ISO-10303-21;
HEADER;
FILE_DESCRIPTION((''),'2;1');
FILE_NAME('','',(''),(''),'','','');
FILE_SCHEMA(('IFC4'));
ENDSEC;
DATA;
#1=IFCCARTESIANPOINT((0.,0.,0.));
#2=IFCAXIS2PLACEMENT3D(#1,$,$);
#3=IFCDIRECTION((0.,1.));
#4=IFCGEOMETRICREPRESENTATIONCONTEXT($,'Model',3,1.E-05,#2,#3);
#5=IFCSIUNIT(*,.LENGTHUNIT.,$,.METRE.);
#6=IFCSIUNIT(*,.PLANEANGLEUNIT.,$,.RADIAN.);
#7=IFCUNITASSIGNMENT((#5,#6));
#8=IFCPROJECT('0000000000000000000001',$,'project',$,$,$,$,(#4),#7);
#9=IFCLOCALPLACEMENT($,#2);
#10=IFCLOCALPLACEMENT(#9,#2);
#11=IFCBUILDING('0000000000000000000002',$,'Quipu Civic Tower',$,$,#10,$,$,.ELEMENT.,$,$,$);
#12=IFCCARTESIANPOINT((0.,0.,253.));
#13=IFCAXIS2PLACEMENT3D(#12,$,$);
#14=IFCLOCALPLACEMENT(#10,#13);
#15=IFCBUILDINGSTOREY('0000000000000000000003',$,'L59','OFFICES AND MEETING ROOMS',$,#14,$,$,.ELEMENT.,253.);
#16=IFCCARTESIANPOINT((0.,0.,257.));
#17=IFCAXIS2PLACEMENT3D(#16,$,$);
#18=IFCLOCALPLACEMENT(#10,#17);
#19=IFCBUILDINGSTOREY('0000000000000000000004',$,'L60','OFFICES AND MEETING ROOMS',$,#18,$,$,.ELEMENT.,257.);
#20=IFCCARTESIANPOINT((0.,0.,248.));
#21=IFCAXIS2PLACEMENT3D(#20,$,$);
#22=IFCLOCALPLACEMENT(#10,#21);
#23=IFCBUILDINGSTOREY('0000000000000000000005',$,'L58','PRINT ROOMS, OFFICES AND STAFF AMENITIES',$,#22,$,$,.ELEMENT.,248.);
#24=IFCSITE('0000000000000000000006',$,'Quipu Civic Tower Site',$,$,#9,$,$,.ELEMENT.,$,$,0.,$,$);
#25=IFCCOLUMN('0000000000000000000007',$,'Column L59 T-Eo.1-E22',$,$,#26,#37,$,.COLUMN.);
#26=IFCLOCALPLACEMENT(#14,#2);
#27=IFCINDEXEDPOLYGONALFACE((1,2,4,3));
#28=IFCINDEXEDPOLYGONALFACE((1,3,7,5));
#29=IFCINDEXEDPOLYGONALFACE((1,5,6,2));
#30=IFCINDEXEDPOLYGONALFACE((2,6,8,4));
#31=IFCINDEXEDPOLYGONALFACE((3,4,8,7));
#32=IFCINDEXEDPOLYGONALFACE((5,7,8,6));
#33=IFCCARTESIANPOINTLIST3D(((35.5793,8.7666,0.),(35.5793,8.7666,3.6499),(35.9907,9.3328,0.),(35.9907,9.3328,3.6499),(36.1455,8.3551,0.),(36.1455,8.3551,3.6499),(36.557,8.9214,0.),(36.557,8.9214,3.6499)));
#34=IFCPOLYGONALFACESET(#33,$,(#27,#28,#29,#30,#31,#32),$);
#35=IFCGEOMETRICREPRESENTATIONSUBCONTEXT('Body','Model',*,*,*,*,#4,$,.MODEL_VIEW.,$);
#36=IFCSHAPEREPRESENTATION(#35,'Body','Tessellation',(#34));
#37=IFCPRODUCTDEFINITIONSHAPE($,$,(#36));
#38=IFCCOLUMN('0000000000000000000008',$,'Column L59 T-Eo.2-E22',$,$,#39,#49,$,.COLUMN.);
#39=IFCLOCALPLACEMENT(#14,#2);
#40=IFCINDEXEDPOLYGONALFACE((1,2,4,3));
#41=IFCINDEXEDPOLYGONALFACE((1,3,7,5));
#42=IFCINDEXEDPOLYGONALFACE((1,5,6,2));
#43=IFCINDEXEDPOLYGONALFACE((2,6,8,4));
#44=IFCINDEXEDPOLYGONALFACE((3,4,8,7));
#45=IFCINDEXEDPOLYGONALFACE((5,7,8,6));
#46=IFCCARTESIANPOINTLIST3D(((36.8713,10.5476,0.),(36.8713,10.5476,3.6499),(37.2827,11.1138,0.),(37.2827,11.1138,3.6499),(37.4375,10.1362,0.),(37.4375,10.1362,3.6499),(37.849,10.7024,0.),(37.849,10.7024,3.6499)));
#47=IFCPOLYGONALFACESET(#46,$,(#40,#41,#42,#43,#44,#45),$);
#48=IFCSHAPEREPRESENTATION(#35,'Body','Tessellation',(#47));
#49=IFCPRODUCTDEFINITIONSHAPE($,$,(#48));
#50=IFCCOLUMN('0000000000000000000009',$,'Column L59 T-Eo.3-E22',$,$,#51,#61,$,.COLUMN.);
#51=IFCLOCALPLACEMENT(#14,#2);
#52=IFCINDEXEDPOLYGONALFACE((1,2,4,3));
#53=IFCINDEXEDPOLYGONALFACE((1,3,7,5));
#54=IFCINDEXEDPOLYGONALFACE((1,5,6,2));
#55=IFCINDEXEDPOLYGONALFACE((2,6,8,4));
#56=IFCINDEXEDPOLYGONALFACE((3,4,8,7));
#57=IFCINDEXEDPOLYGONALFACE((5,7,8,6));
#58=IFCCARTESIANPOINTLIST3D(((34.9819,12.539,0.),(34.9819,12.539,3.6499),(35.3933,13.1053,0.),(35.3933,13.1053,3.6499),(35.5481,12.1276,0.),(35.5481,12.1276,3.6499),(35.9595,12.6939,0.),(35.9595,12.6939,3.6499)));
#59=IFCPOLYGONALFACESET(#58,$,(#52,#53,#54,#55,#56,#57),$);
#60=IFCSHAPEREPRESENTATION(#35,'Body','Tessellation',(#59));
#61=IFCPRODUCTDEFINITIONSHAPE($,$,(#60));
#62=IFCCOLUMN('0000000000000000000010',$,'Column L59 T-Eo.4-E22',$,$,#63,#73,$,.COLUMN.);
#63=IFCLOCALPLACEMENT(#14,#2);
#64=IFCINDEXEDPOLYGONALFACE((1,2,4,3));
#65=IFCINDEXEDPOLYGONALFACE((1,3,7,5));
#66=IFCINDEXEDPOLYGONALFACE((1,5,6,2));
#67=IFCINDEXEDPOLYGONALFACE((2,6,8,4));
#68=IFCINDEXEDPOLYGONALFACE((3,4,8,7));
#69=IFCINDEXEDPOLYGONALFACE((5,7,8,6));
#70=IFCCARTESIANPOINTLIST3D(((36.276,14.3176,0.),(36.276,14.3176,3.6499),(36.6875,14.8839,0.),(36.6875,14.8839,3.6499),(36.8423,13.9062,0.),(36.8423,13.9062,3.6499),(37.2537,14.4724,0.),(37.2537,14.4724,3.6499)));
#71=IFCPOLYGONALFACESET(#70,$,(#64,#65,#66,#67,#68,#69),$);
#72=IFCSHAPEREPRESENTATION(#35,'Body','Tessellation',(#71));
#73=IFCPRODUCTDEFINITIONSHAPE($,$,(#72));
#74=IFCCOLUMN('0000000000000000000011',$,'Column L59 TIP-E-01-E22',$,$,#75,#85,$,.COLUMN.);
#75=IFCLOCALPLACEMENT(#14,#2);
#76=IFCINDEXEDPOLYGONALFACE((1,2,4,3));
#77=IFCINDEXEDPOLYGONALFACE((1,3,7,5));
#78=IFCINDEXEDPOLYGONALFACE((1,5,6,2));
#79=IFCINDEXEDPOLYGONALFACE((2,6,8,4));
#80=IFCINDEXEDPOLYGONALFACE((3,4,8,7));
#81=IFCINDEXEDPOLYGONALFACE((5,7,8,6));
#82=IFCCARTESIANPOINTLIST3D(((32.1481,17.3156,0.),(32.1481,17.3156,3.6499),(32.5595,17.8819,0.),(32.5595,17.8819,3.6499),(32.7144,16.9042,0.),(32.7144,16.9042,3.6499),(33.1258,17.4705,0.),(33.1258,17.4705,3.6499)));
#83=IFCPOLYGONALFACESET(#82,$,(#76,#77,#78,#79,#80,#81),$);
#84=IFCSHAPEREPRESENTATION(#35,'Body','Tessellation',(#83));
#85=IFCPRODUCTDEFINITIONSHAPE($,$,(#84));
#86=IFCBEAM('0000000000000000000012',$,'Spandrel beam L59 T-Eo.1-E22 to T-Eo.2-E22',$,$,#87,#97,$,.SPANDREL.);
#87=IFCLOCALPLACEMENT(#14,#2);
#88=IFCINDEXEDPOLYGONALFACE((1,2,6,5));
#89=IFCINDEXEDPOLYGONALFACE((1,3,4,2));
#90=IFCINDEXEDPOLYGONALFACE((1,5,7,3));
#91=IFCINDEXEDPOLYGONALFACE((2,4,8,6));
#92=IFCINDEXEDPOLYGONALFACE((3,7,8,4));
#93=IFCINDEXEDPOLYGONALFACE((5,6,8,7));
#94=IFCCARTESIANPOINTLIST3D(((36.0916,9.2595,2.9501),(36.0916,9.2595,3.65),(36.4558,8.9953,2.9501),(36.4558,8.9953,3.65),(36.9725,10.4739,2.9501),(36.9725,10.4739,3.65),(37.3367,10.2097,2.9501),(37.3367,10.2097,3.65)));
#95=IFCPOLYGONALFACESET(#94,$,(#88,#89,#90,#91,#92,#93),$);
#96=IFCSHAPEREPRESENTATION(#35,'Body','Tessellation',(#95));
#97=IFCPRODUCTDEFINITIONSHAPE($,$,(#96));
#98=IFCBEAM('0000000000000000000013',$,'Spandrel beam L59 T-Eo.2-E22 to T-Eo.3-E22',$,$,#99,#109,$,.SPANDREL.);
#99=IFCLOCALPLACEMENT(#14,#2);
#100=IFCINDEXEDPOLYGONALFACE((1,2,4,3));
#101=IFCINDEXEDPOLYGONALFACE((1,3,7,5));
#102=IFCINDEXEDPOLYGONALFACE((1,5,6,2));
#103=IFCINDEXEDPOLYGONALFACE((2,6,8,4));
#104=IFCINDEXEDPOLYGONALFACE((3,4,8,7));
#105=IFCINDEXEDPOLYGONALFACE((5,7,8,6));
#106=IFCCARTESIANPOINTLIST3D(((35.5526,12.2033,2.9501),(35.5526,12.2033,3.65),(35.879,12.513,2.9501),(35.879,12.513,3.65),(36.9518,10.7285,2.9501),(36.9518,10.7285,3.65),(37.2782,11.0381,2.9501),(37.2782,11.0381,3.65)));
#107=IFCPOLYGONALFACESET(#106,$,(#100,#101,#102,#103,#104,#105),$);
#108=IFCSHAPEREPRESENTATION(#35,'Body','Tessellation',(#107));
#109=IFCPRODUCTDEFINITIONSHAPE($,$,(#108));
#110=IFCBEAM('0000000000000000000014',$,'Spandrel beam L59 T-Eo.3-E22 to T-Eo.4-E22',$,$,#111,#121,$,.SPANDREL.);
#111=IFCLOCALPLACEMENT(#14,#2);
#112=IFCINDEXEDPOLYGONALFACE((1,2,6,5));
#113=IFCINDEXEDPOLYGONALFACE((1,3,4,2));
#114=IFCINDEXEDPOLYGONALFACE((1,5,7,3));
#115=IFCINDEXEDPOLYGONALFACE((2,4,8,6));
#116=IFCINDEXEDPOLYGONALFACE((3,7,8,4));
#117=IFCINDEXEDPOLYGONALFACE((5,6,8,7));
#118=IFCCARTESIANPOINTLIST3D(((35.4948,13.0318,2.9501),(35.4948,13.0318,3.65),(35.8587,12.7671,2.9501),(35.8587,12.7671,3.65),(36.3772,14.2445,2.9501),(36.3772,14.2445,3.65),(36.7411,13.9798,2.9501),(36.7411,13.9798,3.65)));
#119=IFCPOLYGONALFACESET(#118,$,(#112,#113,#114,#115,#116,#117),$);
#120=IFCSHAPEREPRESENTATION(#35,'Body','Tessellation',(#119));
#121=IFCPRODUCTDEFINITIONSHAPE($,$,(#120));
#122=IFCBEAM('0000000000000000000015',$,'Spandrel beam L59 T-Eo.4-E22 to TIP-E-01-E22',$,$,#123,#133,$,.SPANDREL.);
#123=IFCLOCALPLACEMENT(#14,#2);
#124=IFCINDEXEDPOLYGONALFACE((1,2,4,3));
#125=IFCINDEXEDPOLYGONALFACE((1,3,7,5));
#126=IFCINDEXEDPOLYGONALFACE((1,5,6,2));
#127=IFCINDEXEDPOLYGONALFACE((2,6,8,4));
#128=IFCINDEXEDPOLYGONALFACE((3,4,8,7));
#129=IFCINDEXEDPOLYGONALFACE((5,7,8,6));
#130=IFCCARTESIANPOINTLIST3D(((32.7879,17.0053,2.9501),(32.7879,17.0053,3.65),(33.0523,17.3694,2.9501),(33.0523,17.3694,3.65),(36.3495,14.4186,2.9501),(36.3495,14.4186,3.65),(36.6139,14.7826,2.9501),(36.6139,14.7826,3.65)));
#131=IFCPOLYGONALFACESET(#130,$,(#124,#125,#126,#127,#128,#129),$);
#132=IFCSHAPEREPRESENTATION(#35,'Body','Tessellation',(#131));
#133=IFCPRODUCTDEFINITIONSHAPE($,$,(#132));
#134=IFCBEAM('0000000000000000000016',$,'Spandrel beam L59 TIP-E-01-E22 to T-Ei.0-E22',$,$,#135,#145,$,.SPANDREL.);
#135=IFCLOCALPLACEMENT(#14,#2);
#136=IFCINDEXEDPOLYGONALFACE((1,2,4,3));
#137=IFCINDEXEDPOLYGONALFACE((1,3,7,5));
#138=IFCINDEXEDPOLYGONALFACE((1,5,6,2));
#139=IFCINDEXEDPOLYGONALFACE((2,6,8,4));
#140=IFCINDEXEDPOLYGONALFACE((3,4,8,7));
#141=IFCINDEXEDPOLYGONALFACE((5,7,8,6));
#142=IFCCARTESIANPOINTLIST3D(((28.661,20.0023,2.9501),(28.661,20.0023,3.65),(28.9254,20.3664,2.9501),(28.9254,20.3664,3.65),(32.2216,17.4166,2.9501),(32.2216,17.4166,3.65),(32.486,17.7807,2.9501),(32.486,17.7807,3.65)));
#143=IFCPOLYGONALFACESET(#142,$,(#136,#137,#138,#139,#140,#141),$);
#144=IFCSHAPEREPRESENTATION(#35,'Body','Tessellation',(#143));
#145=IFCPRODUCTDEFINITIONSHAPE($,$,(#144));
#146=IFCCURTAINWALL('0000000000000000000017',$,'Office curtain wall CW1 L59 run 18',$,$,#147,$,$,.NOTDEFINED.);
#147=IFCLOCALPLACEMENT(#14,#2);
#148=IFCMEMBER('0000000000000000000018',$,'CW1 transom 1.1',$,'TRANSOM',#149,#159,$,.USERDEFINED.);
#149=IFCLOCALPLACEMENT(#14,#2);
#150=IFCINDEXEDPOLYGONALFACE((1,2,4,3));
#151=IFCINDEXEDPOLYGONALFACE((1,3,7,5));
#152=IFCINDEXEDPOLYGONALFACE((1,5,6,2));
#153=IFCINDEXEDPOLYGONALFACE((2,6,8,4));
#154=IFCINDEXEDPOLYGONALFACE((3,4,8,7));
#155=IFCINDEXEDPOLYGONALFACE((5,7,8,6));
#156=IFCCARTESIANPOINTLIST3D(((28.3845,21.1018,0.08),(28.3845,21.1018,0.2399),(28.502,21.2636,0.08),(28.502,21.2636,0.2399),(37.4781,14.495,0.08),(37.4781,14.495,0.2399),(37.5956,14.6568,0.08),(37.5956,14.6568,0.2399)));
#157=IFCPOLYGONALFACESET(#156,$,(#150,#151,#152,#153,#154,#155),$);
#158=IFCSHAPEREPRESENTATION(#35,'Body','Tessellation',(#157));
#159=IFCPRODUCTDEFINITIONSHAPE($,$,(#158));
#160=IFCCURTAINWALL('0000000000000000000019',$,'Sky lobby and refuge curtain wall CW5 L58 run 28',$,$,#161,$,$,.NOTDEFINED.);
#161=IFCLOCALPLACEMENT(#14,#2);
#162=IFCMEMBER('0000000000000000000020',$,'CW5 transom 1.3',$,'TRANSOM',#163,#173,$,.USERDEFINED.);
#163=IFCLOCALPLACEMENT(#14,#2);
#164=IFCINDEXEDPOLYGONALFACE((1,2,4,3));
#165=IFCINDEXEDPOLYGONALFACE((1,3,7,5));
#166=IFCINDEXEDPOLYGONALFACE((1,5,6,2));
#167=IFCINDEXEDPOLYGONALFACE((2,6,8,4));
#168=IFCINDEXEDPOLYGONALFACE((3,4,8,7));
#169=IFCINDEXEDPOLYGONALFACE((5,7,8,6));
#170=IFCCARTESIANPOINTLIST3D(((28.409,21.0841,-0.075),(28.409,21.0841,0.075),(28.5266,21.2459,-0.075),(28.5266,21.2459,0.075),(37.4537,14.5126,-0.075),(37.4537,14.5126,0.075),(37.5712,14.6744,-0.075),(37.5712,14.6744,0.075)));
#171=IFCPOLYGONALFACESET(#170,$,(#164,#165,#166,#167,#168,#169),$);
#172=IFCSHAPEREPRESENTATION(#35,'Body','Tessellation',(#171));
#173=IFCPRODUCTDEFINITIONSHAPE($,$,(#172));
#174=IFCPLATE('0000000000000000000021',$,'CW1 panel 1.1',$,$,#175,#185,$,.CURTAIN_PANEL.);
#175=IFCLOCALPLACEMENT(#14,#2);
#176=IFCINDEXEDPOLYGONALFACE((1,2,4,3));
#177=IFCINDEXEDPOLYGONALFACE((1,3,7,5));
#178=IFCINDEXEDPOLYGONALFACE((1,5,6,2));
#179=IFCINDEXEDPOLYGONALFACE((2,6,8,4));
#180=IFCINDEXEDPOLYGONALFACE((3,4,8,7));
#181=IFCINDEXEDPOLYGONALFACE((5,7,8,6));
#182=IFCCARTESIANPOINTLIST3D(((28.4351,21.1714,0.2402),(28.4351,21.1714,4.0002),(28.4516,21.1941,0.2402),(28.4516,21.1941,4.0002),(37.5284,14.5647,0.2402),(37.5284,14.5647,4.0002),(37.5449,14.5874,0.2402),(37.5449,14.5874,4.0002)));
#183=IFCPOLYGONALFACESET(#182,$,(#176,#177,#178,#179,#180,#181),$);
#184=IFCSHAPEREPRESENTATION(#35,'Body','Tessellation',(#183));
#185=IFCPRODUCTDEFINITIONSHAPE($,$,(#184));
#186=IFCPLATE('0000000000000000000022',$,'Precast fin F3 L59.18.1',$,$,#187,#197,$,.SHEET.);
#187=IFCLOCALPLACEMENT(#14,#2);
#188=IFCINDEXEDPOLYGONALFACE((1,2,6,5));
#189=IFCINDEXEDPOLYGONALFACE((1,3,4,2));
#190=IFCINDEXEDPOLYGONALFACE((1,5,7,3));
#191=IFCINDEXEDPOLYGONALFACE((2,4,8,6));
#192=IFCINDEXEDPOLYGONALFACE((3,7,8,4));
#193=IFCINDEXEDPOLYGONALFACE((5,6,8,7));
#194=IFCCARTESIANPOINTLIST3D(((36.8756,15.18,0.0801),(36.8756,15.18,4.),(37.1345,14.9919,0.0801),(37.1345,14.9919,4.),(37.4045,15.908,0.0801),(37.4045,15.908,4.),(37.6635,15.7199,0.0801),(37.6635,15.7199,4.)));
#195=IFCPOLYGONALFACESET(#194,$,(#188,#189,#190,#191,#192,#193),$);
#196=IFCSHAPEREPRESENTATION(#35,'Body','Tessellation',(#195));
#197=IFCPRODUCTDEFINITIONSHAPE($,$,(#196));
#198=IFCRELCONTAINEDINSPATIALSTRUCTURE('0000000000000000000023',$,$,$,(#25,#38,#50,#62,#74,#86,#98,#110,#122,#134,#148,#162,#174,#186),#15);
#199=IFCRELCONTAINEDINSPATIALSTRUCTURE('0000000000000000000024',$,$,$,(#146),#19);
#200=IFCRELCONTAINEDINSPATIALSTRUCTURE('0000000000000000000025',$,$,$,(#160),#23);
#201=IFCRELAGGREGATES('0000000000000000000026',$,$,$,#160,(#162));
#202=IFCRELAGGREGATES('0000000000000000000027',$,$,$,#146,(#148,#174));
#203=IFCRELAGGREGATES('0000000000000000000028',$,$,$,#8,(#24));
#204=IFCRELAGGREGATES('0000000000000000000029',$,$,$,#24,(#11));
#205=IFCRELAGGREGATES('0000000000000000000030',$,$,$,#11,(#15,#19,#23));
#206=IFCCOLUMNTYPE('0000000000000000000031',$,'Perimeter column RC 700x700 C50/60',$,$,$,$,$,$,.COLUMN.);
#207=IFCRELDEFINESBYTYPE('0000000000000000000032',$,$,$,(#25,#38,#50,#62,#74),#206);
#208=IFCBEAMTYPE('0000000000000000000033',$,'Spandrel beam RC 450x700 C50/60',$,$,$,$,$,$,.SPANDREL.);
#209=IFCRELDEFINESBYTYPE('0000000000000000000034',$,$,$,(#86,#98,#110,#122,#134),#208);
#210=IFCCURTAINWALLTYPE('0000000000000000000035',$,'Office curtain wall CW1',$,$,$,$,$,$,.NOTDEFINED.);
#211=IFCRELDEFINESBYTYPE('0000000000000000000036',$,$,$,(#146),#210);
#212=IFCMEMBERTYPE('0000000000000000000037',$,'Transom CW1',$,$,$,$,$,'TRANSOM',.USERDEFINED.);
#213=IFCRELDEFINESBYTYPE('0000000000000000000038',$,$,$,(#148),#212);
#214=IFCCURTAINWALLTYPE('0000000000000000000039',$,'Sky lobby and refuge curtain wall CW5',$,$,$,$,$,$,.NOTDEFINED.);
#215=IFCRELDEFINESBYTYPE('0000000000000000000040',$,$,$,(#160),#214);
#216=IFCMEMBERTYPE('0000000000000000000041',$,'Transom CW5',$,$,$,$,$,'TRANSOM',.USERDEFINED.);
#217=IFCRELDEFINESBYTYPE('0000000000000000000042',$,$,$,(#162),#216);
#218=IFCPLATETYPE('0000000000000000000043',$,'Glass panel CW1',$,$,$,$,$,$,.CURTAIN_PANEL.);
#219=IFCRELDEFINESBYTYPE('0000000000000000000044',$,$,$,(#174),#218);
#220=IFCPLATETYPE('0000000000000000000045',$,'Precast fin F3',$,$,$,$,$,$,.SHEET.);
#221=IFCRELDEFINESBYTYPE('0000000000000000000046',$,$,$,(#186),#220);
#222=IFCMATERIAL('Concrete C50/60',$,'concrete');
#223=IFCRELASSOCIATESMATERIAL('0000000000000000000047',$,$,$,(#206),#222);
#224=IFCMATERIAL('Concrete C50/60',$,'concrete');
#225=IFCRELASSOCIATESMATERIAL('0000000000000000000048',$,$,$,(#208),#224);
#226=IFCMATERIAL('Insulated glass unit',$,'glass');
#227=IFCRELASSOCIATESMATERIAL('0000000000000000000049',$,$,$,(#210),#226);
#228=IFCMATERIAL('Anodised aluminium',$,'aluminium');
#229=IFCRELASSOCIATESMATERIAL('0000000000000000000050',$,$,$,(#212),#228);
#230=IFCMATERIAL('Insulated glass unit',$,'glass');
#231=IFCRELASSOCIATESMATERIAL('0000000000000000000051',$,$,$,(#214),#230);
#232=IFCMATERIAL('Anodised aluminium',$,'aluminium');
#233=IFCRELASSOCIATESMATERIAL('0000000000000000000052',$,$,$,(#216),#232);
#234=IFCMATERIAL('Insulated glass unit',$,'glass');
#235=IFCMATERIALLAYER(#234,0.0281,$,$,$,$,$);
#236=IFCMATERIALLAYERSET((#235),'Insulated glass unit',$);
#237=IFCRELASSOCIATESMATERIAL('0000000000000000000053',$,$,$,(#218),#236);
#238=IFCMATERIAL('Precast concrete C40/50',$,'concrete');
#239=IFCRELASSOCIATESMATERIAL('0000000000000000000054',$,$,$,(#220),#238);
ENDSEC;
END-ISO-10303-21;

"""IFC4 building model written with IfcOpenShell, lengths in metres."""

from ifc_helpers import new_model, si_unit, direction, frame, origin, origin_2d, place, context, subcontext, project, spatial, rectangle, extrude, material, layer, layer_set, material_profile, profile_set, type_object, element, aggregate, save


model = new_model("IFC4")

# Units and contexts
model_context = context("Model", 3, precision=1e-05, world=origin(), true_north=direction((0.0, 1.0)))
body_context = subcontext(model_context, "Body", "Model", "MODEL_VIEW")
ifc_project = project(units=[si_unit("LENGTHUNIT", "METRE"), si_unit("PLANEANGLEUNIT", "RADIAN")], contexts=[model_context])

# Site, building, storey
site_placement = place(None, origin())
site = spatial("IfcSite", under=ifc_project, at=site_placement, Name="Quipu Civic Tower Site", CompositionType="ELEMENT", RefElevation=0.0)
building_placement = place(site_placement, origin())
building = spatial("IfcBuilding", under=site, at=building_placement, Name="Quipu Civic Tower", CompositionType="ELEMENT")
storey_1_placement = place(building_placement, frame((0.0, 0.0, 253.0)))
storey_1 = spatial("IfcBuildingStorey", under=building, at=storey_1_placement, Name="L59", Description="OFFICES AND MEETING ROOMS", CompositionType="ELEMENT", Elevation=253.0)

# Columns
ifc_material_1 = material(Name="Concrete C50/60", Category="concrete")
ifc_material_profile_1 = material_profile(ifc_material_1, rectangle(XDim=0.7, YDim=0.7, at=origin_2d()), Name="RC700x700")
ifc_profile_set_1 = profile_set([ifc_material_profile_1], Name="Concrete C50/60")
column_type = type_object("IfcColumnType", Name="Perimeter column RC 700x700 C50/60", PredefinedType="COLUMN", material=ifc_profile_set_1)
for number, where, z_axis, x_axis, name in (
    (1, (36.0681, 8.844, 0.0), (0.0, 0.0, 1.0), (0.587785, 0.809017, 0.0), "Column L59 T-Eo.1-E22"),
    (2, (37.3601, 10.625, 0.0), (0.0, 0.0, 1.0), (0.587785, 0.809017, 0.0), "Column L59 T-Eo.2-E22"),
    (3, (35.4707, 12.6165, 0.0), (0.0, 0.0, 1.0), (-0.809017, 0.587785, 0.0), "Column L59 T-Eo.3-E22"),
    (4, (36.7649, 14.395, 0.0), (0.0, 0.0, 1.0), (-0.809017, 0.587785, 0.0), "Column L59 T-Eo.4-E22"),
    (5, (32.637, 17.3931, 0.0), (0.0, 0.0, 1.0), (-0.809017, 0.587785, 0.0), "Column L59 TIP-E-01-E22"),
):
    element("IfcColumn", number, at=place(storey_1_placement, frame(where, z_axis=z_axis, x_axis=x_axis)), inside=storey_1, type_object=column_type, Name=name, PredefinedType="COLUMN", context=body_context, shape_type="SweptSolid", body=[
        extrude(rectangle(XDim=0.7, YDim=0.7, at=origin_2d()), origin(), (0.0, 0.0, 1.0), 3.6499),
    ])

# Beams
ifc_material_2 = material(Name="Concrete C50/60", Category="concrete")
ifc_material_profile_2 = material_profile(ifc_material_2, rectangle(XDim=0.45, YDim=0.7, at=origin_2d()), Name="RC450x700")
ifc_profile_set_2 = profile_set([ifc_material_profile_2], Name="Concrete C50/60")
beam_type = type_object("IfcBeamType", Name="Spandrel beam RC 450x700 C50/60", PredefinedType="SPANDREL", material=ifc_profile_set_2)
beam_1_placement = place(storey_1_placement, frame((36.2737, 9.1274, 3.3), z_axis=(0.587165, 0.809467, 0.0), x_axis=(-0.809467, 0.587165, 0.0)))
element("IfcBeam", 6, at=beam_1_placement, inside=storey_1, type_object=beam_type, Name="Spandrel beam L59 T-Eo.1-E22 to T-Eo.2-E22", PredefinedType="SPANDREL", context=body_context, shape_type="SweptSolid", body=[
    extrude(rectangle(XDim=0.45, YDim=0.7, at=origin_2d()), origin(), (0.0, 0.0, 1.0), 1.5002),
])
beam_2_placement = place(storey_1_placement, frame((37.115, 10.8833, 3.3), z_axis=(-0.688247, 0.725476, 0.0), x_axis=(-0.725476, -0.688247, 0.0)))
element("IfcBeam", 7, at=beam_2_placement, inside=storey_1, type_object=beam_type, Name="Spandrel beam L59 T-Eo.2-E22 to T-Eo.3-E22", PredefinedType="SPANDREL", context=body_context, shape_type="SweptSolid", body=[
    extrude(rectangle(XDim=0.45, YDim=0.7, at=origin_2d()), origin(), (0.0, 0.0, 1.0), 2.033),
])
beam_3_placement = place(storey_1_placement, frame((35.6768, 12.8994, 3.3), z_axis=(0.588346, 0.808609, 0.0), x_axis=(-0.808609, 0.588346, 0.0)))
element("IfcBeam", 8, at=beam_3_placement, inside=storey_1, type_object=beam_type, Name="Spandrel beam L59 T-Eo.3-E22 to T-Eo.4-E22", PredefinedType="SPANDREL", context=body_context, shape_type="SweptSolid", body=[
    extrude(rectangle(XDim=0.45, YDim=0.7, at=origin_2d()), origin(), (0.0, 0.0, 1.0), 1.4998),
])
beam_4_placement = place(storey_1_placement, frame((36.4817, 14.6006, 3.3), z_axis=(-0.809117, 0.587647, 0.0), x_axis=(-0.587647, -0.809117, 0.0)))
element("IfcBeam", 9, at=beam_4_placement, inside=storey_1, type_object=beam_type, Name="Spandrel beam L59 T-Eo.4-E22 to TIP-E-01-E22", PredefinedType="SPANDREL", context=body_context, shape_type="SweptSolid", body=[
    extrude(rectangle(XDim=0.45, YDim=0.7, at=origin_2d()), origin(), (0.0, 0.0, 1.0), 4.4019),
])
beam_5_placement = place(storey_1_placement, frame((32.3538, 17.5986, 3.3), z_axis=(-0.809146, 0.587607, 0.0), x_axis=(-0.587607, -0.809146, 0.0)))
element("IfcBeam", 10, at=beam_5_placement, inside=storey_1, type_object=beam_type, Name="Spandrel beam L59 TIP-E-01-E22 to T-Ei.0-E22", PredefinedType="SPANDREL", context=body_context, shape_type="SweptSolid", body=[
    extrude(rectangle(XDim=0.45, YDim=0.7, at=origin_2d()), origin(), (0.0, 0.0, 1.0), 4.4004),
])

# Shared definitions
storey_2_placement = place(building_placement, frame((0.0, 0.0, 257.0)))
storey_2 = spatial("IfcBuildingStorey", under=building, at=storey_2_placement, Name="L60", Description="OFFICES AND MEETING ROOMS", CompositionType="ELEMENT", Elevation=257.0)

# Curtain wall, member
ifc_material_3 = material(Name="Insulated glass unit", Category="glass")
curtain_wall_type_1 = type_object("IfcCurtainWallType", Name="Office curtain wall CW1", PredefinedType="NOTDEFINED", material=ifc_material_3)
curtain_wall_1_placement = place(storey_2_placement, origin())
curtain_wall_1 = element("IfcCurtainWall", 11, at=curtain_wall_1_placement, inside=storey_2, type_object=curtain_wall_type_1, Name="Office curtain wall CW1 L59 run 18", PredefinedType="NOTDEFINED")
ifc_material_4 = material(Name="Anodised aluminium", Category="aluminium")
ifc_material_profile_3 = material_profile(ifc_material_4, rectangle(XDim=0.2, YDim=0.1599, at=origin_2d()), Name="RECT 200x160")
ifc_profile_set_3 = profile_set([ifc_material_profile_3], Name="Anodised aluminium")
member_type_1 = type_object("IfcMemberType", Name="Transom CW1", ElementType="TRANSOM", PredefinedType="USERDEFINED", material=ifc_profile_set_3)
member_1_placement = place(storey_1_placement, frame((37.5369, 14.5759, 0.1599), z_axis=(-0.809022, 0.587778, 0.0), x_axis=(-0.587778, -0.809022, 0.0)))
member_1 = element("IfcMember", 12, at=member_1_placement, inside=storey_1, type_object=member_type_1, Name="CW1 transom 1.1", ObjectType="TRANSOM", PredefinedType="USERDEFINED", context=body_context, shape_type="SweptSolid", body=[
    extrude(rectangle(XDim=0.2, YDim=0.1599, at=origin_2d()), origin(), (0.0, 0.0, 1.0), 11.2402),
])

# Shared definitions
storey_3_placement = place(building_placement, frame((0.0, 0.0, 248.0)))
storey_3 = spatial("IfcBuildingStorey", under=building, at=storey_3_placement, Name="L58", Description="PRINT ROOMS, OFFICES AND STAFF AMENITIES", CompositionType="ELEMENT", Elevation=248.0)

# Curtain wall, member
ifc_material_5 = material(Name="Insulated glass unit", Category="glass")
curtain_wall_type_2 = type_object("IfcCurtainWallType", Name="Sky lobby and refuge curtain wall CW5", PredefinedType="NOTDEFINED", material=ifc_material_5)
curtain_wall_2_placement = place(storey_3_placement, origin())
curtain_wall_2 = element("IfcCurtainWall", 13, at=curtain_wall_2_placement, inside=storey_3, type_object=curtain_wall_type_2, Name="Sky lobby and refuge curtain wall CW5 L58 run 28", PredefinedType="NOTDEFINED")
ifc_material_6 = material(Name="Anodised aluminium", Category="aluminium")
ifc_material_profile_4 = material_profile(ifc_material_6, rectangle(XDim=0.2, YDim=0.1499, at=origin_2d()), Name="RECT 200x150")
ifc_profile_set_4 = profile_set([ifc_material_profile_4], Name="Anodised aluminium")
member_type_2 = type_object("IfcMemberType", Name="Transom CW5", ElementType="TRANSOM", PredefinedType="USERDEFINED", material=ifc_profile_set_4)
member_2_placement = place(storey_1_placement, frame((37.5125, 14.5935, 0.0), z_axis=(-0.809009, 0.587796, 0.0), x_axis=(-0.587796, -0.809009, 0.0)))
member_2 = element("IfcMember", 14, at=member_2_placement, inside=storey_1, type_object=member_type_2, Name="CW5 transom 1.3", ObjectType="TRANSOM", PredefinedType="USERDEFINED", context=body_context, shape_type="SweptSolid", body=[
    extrude(rectangle(XDim=0.2, YDim=0.1499, at=origin_2d()), origin(), (0.0, 0.0, 1.0), 11.1799),
])
aggregate(curtain_wall_2, [member_2])

# Plate
ifc_material_7 = material(Name="Insulated glass unit", Category="glass")
ifc_layer = layer(ifc_material_7, 0.0281)
ifc_layer_set = layer_set([ifc_layer], Name="Insulated glass unit")
plate_type_1 = type_object("IfcPlateType", Name="Glass panel CW1", PredefinedType="CURTAIN_PANEL", material=ifc_layer_set)
plate_placement = place(storey_1_placement, frame((32.99, 17.8794, 0.2402), z_axis=(0.0, 0.0, 1.0), x_axis=(-0.809015, 0.587788, 0.0)))
plate = element("IfcPlate", 15, at=plate_placement, inside=storey_1, type_object=plate_type_1, Name="CW1 panel 1.1", PredefinedType="CURTAIN_PANEL", context=body_context, shape_type="SweptSolid", body=[
    extrude(rectangle(XDim=11.24, YDim=0.0281, at=origin_2d()), origin(), (0.0, 0.0, 1.0), 3.76),
])
aggregate(curtain_wall_1, [member_1, plate])

# Plate
ifc_material_8 = material(Name="Precast concrete C40/50", Category="concrete")
plate_type_2 = type_object("IfcPlateType", Name="Precast fin F3", PredefinedType="SHEET", material=ifc_material_8)
for number, where, z_axis, x_axis, name in (
    (16, (37.2695, 15.45, 0.0801), (0.0, 0.0, 1.0), (-0.809017, 0.587785, 0.0), "Precast fin F3 L59.18.1"),
):
    element("IfcPlate", number, at=place(storey_1_placement, frame(where, z_axis=z_axis, x_axis=x_axis)), inside=storey_1, type_object=plate_type_2, Name=name, PredefinedType="SHEET", context=body_context, shape_type="SweptSolid", body=[
        extrude(rectangle(XDim=0.3201, YDim=0.8999, at=origin_2d()), origin(), (0.0, 0.0, 1.0), 3.9199),
    ])

save(model, "model.ifc")
